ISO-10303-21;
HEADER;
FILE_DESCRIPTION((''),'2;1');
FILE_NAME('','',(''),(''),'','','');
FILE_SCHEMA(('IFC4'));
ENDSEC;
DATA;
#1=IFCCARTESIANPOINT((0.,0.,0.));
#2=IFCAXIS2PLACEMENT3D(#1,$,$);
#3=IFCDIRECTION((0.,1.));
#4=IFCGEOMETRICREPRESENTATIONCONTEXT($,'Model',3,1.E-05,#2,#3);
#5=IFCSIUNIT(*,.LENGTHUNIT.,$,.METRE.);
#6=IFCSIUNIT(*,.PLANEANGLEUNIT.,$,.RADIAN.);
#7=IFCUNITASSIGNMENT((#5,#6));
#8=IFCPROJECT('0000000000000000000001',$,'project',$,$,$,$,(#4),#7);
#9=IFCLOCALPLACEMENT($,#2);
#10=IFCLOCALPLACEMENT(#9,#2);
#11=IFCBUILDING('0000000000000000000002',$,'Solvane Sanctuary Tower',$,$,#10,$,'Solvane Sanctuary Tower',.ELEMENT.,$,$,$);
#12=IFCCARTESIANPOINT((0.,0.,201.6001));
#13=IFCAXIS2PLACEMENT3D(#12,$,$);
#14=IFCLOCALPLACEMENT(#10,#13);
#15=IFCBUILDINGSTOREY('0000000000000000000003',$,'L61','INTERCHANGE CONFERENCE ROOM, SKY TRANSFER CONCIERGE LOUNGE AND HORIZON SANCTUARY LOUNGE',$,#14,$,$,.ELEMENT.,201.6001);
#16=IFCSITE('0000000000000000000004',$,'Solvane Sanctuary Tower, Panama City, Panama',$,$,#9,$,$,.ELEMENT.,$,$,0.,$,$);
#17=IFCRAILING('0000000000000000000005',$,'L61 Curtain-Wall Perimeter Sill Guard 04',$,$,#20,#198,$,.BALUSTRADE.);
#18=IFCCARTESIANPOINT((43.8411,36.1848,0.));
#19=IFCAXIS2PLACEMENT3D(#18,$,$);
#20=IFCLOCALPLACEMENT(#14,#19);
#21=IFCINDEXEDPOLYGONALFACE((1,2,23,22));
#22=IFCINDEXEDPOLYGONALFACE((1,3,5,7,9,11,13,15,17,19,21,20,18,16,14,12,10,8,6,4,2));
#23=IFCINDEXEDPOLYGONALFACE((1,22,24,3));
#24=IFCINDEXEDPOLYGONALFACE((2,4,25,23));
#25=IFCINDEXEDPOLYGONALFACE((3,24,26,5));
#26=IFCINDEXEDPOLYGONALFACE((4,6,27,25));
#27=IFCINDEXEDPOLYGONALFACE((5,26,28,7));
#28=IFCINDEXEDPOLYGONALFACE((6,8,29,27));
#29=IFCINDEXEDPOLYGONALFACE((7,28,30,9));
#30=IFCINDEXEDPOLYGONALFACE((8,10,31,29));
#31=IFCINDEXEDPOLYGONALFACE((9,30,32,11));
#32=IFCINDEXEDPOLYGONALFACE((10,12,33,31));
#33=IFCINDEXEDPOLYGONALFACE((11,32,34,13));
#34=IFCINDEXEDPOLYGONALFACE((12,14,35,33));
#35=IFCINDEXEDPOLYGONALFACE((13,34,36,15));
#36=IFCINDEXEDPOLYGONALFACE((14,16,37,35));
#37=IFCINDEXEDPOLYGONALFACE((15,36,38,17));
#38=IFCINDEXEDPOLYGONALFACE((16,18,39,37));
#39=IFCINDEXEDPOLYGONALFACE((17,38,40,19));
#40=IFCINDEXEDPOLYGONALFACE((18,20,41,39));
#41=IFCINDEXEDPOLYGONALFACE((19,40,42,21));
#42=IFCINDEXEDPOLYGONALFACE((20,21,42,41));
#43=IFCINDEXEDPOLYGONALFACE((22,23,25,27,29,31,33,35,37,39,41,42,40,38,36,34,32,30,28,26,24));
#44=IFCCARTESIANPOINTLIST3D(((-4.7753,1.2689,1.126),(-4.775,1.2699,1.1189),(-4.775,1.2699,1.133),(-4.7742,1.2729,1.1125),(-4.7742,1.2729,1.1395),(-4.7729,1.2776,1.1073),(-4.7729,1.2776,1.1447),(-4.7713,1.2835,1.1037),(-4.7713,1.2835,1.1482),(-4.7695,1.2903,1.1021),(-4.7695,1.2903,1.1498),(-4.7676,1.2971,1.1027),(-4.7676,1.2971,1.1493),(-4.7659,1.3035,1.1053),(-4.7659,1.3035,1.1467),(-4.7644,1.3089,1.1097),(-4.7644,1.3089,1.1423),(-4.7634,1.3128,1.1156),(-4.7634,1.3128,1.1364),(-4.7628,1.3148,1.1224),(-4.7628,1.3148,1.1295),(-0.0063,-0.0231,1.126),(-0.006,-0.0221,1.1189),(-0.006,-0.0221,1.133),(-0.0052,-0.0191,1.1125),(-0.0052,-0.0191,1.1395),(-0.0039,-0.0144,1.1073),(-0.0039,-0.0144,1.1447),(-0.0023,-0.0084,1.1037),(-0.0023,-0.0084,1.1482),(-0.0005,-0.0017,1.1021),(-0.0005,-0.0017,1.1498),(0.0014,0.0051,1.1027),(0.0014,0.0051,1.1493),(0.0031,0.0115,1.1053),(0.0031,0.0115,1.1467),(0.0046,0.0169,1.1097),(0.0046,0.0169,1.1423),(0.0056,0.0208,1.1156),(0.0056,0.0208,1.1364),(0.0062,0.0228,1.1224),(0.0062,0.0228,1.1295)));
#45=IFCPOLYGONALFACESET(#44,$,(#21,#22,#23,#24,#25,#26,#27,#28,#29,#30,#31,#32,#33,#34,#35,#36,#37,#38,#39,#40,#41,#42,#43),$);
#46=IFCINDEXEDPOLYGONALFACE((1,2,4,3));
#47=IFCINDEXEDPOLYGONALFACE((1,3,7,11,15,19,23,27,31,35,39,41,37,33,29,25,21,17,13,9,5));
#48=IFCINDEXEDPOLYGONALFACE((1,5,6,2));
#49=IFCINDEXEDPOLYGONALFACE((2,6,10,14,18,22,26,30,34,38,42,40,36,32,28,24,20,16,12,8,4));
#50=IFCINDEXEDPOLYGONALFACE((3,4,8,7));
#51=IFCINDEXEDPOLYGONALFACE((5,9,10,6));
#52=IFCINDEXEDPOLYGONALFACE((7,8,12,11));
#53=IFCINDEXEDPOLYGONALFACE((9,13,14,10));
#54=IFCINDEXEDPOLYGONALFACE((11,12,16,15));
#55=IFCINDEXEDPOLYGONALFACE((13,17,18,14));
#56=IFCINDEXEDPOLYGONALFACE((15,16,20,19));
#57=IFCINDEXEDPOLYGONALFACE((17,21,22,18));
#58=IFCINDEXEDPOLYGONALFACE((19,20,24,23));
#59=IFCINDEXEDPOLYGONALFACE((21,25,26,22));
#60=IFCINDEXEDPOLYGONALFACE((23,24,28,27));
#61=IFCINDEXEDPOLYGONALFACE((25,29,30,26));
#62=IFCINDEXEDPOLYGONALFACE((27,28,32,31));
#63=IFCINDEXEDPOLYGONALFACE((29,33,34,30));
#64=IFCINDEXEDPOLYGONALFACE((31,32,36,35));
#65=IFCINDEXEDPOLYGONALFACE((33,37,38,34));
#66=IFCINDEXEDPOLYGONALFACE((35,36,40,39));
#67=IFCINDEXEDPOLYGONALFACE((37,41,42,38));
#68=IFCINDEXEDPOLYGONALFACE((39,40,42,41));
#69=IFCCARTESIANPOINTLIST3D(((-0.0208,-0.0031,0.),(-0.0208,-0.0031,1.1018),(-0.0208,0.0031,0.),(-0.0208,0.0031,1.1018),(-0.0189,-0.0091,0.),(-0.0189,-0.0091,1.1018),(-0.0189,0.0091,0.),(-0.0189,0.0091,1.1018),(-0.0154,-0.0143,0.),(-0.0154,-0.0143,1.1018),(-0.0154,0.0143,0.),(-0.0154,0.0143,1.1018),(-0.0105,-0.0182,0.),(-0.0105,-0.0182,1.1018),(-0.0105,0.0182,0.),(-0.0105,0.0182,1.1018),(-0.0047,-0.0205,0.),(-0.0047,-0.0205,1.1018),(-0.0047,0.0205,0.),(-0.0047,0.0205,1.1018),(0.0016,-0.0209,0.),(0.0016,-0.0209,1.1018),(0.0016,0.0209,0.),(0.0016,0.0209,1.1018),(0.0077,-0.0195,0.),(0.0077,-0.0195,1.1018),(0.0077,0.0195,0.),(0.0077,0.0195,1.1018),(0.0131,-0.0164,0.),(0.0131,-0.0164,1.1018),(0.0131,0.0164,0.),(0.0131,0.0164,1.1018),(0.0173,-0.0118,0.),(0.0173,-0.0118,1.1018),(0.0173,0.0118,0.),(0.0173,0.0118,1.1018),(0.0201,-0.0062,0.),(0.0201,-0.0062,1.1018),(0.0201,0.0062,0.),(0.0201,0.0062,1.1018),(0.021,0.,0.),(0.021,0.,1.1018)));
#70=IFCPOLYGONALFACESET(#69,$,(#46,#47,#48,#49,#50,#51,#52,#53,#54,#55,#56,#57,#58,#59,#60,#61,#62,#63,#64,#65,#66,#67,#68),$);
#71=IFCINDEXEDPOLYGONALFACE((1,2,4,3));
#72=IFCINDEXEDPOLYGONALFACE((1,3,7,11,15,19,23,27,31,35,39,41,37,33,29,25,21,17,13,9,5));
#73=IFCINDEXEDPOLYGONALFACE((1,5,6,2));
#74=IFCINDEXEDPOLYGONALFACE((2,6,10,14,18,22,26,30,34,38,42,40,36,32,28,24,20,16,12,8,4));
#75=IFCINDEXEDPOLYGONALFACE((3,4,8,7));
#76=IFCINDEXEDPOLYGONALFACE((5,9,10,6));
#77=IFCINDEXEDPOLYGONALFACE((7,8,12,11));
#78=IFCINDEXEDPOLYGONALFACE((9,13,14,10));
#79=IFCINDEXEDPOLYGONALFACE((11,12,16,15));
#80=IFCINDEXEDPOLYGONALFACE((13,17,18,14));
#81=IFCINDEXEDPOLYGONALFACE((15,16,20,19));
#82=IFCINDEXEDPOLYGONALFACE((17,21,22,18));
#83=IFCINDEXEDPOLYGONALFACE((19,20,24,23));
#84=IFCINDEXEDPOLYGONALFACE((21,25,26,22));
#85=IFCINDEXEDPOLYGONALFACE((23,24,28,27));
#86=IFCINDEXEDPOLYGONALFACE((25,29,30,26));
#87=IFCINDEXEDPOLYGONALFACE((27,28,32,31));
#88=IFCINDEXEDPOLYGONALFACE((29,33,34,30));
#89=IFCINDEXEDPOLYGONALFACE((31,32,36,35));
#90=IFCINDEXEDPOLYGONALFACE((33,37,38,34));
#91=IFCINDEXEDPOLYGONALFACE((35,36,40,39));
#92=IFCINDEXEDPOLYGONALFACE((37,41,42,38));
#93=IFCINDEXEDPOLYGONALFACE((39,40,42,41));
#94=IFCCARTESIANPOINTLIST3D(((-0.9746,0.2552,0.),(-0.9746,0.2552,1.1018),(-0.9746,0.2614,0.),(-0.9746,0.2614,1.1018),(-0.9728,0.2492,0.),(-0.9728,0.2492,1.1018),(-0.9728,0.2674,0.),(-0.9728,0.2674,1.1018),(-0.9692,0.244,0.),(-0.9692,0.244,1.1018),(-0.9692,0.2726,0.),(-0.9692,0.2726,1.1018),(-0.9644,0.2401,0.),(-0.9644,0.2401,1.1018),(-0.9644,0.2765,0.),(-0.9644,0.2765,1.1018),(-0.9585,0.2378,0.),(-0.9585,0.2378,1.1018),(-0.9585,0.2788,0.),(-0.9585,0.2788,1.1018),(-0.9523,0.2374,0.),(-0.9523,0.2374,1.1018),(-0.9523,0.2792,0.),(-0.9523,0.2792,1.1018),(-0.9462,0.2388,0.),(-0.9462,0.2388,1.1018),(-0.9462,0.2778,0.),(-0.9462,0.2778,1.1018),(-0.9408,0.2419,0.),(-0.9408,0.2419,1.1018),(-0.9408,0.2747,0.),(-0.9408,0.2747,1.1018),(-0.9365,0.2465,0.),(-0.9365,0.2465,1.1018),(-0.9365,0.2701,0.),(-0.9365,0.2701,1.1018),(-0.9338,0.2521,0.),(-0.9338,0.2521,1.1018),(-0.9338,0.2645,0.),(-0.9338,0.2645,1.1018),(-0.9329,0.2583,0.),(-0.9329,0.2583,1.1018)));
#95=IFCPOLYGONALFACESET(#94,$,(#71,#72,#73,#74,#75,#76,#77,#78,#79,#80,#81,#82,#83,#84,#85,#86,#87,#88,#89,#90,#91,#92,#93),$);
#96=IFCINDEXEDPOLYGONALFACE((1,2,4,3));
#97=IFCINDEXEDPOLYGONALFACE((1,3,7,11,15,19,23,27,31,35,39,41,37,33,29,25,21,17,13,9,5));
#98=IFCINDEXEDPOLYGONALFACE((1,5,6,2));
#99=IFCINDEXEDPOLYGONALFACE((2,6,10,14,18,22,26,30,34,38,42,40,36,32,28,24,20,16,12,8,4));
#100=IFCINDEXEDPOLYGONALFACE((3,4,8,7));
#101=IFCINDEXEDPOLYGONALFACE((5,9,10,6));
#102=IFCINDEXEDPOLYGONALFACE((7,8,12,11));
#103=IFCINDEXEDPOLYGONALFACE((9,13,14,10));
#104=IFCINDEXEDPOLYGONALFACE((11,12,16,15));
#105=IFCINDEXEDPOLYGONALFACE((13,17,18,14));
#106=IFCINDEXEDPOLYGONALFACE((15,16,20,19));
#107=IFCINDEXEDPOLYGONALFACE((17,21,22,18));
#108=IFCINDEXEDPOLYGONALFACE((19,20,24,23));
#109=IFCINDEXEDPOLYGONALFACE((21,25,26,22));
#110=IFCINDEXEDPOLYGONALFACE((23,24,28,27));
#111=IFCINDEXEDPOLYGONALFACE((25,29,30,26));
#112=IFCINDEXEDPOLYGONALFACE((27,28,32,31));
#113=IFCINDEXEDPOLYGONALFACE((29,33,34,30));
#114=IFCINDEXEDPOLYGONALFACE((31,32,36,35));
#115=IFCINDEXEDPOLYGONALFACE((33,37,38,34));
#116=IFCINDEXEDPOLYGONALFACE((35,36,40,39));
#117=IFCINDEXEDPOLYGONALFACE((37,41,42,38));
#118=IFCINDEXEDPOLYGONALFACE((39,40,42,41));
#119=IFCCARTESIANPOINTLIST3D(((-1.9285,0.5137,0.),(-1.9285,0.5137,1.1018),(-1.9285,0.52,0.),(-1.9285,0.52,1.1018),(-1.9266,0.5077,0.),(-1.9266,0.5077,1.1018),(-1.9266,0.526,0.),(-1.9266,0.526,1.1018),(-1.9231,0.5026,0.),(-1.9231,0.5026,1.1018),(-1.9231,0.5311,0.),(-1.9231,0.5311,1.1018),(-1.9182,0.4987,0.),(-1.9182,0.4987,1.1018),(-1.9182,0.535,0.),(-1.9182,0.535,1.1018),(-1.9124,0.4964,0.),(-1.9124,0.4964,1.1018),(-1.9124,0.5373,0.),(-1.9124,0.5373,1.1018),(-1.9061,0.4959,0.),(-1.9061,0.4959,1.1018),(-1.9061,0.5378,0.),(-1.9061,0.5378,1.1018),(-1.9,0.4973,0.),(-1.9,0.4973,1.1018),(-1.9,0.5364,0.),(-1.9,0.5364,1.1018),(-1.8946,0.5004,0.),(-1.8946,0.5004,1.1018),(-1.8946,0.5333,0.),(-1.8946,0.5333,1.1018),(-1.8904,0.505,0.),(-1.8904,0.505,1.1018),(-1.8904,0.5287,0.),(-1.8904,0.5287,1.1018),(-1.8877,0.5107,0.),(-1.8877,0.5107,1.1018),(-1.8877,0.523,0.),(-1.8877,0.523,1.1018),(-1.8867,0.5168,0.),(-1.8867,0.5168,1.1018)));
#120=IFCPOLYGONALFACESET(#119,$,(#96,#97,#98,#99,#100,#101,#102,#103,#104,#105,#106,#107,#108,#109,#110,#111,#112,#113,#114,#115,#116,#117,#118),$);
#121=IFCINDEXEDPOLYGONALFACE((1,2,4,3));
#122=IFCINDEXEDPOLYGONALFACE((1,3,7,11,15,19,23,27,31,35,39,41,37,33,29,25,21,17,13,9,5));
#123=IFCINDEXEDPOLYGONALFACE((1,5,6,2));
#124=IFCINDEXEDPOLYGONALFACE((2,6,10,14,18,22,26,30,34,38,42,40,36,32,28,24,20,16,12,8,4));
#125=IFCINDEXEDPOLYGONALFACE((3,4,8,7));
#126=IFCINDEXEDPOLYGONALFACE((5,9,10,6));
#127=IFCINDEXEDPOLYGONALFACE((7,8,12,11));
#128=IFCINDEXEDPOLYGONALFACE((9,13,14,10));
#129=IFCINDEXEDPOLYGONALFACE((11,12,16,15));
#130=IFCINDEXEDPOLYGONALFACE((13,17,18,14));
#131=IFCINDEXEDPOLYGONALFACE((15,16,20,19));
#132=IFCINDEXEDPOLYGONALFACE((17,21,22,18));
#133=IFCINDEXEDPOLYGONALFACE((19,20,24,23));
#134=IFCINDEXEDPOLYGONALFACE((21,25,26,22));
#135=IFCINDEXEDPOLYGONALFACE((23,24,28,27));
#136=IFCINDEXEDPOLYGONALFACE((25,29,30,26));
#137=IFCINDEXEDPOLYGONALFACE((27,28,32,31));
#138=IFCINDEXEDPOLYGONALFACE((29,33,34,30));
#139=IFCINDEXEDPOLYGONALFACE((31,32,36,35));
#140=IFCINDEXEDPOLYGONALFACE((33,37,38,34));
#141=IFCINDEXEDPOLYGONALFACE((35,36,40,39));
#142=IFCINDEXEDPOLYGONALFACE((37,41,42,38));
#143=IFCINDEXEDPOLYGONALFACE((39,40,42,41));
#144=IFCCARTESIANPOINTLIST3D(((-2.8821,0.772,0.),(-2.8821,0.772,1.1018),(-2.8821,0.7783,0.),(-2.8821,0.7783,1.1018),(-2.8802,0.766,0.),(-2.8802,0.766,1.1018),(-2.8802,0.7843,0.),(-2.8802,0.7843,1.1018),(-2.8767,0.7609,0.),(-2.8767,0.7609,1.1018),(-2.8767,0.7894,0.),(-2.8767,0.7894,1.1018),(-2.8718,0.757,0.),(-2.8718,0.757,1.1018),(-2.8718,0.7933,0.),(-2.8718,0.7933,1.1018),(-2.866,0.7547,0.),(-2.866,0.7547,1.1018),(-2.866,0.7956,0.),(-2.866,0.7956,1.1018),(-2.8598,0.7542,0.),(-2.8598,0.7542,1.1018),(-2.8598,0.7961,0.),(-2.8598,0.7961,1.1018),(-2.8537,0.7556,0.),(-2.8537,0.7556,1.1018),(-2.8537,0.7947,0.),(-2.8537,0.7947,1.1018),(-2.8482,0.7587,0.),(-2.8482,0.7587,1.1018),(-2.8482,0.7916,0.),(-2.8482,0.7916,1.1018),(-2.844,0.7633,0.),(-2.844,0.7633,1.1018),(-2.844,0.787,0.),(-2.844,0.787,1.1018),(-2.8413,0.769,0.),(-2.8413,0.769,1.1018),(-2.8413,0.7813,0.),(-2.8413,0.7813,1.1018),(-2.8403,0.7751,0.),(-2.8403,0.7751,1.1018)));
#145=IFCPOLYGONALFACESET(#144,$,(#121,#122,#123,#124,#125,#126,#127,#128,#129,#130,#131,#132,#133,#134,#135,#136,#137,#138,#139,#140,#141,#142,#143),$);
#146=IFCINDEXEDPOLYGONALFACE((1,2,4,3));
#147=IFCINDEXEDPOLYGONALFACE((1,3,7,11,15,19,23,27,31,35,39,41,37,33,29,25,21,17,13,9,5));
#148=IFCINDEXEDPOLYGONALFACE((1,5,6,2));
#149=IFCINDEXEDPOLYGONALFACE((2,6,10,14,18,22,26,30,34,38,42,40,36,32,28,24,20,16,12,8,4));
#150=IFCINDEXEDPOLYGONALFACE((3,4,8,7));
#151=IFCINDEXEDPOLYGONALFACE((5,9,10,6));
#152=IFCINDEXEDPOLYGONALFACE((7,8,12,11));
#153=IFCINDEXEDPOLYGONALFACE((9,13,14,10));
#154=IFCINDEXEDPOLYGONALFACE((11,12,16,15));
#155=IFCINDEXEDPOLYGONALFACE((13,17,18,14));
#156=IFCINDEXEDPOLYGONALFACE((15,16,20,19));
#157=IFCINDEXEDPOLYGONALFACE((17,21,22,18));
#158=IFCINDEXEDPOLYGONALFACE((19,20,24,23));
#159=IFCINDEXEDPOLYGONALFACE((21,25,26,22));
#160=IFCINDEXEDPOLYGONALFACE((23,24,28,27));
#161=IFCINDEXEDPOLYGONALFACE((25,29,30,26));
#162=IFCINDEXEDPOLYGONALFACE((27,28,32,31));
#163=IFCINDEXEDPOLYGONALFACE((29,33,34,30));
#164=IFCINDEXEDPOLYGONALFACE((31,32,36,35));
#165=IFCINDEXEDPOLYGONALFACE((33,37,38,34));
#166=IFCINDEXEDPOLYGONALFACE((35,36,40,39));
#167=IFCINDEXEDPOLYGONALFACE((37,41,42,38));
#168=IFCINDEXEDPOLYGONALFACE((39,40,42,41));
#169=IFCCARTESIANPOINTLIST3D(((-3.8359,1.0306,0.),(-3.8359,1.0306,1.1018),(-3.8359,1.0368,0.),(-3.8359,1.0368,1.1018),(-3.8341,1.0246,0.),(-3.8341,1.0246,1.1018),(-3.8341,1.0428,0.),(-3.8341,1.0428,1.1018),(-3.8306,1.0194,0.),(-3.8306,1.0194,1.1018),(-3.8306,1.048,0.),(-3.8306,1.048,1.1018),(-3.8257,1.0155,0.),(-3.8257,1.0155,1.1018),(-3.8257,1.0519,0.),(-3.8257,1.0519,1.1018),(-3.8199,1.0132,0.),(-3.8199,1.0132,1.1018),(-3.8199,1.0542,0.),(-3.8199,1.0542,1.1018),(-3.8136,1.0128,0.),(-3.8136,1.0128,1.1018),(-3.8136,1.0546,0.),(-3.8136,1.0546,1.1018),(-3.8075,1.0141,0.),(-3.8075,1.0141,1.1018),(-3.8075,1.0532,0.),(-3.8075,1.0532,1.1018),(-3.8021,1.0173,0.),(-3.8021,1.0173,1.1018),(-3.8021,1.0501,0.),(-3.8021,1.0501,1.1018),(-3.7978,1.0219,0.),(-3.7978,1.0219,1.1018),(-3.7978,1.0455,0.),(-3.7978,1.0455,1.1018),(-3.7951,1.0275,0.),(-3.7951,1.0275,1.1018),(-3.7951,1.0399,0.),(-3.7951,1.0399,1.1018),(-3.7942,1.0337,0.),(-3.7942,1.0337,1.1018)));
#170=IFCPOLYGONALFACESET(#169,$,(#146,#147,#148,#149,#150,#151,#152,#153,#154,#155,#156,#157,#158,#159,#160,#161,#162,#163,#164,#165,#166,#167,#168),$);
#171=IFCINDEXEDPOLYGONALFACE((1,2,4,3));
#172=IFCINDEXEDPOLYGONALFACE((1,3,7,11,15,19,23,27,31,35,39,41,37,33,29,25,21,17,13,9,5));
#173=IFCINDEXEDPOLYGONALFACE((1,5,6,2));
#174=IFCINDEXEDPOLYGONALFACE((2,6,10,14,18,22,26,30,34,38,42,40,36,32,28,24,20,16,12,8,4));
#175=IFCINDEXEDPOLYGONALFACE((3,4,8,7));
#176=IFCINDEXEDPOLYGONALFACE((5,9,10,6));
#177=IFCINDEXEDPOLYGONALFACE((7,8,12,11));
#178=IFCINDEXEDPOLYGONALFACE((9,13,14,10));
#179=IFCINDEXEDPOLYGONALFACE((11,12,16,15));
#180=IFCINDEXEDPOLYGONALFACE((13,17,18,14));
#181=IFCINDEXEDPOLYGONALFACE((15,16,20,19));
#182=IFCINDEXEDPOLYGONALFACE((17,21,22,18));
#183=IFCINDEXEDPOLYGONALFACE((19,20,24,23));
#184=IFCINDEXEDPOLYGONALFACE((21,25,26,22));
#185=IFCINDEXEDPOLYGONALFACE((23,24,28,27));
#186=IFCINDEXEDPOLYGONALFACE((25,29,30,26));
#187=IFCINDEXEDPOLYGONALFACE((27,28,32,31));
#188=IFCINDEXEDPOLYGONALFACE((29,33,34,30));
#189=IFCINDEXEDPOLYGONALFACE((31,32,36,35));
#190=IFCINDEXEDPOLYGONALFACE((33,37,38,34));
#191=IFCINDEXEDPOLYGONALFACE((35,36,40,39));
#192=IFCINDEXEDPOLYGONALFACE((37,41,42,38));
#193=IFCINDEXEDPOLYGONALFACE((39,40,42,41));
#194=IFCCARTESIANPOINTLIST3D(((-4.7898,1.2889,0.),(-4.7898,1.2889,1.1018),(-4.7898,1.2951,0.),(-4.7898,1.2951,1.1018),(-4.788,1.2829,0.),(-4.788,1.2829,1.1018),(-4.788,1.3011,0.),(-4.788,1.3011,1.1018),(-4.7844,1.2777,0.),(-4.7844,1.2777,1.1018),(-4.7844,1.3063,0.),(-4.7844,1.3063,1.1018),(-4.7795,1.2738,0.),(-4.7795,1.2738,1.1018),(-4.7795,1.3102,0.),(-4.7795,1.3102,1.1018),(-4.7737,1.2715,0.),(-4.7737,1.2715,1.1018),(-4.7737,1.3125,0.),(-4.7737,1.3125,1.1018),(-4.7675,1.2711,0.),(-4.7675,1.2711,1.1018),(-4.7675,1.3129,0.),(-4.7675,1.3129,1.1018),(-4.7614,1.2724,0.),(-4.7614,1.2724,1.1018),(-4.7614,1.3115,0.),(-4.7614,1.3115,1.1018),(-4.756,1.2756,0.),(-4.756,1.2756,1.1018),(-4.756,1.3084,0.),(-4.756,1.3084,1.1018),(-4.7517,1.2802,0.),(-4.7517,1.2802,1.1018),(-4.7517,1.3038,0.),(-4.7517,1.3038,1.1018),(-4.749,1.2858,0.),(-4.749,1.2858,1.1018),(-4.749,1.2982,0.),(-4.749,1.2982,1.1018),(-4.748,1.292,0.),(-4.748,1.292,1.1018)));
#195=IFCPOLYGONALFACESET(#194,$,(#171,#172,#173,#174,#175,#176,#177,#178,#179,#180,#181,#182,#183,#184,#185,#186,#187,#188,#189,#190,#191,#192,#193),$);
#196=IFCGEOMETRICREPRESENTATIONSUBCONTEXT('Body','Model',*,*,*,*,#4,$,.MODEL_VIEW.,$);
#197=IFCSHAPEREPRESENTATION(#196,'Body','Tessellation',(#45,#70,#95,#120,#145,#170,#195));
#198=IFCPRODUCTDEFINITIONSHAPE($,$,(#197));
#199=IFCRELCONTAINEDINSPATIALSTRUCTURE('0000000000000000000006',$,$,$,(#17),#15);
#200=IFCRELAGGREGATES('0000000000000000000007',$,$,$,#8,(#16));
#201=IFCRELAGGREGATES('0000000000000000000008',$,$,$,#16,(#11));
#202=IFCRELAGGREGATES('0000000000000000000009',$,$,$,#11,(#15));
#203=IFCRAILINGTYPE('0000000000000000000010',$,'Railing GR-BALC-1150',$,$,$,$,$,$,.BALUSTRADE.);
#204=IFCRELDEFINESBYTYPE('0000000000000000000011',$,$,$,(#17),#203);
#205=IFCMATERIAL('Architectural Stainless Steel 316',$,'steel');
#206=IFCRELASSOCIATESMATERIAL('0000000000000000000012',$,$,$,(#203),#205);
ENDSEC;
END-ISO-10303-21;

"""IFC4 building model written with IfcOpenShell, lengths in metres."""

from ifc_helpers import new_model, si_unit, direction, frame, origin, origin_2d, place, context, subcontext, project, spatial, circle, extrude, material, type_object, element, save


model = new_model("IFC4")

# Units and contexts
model_context = context("Model", 3, precision=1e-05, world=origin(), true_north=direction((0.0, 1.0)))
body_context = subcontext(model_context, "Body", "Model", "MODEL_VIEW")
ifc_project = project(units=[si_unit("LENGTHUNIT", "METRE"), si_unit("PLANEANGLEUNIT", "RADIAN")], contexts=[model_context])

# Site, building, storey
site_placement = place(None, origin())
site = spatial("IfcSite", under=ifc_project, at=site_placement, Name="Solvane Sanctuary Tower, Panama City, Panama", CompositionType="ELEMENT", RefElevation=0.0)
building_placement = place(site_placement, origin())
building = spatial("IfcBuilding", under=site, at=building_placement, Name="Solvane Sanctuary Tower", LongName="Solvane Sanctuary Tower", CompositionType="ELEMENT")
storey_placement = place(building_placement, frame((0.0, 0.0, 201.6001)))
storey = spatial("IfcBuildingStorey", under=building, at=storey_placement, Name="L61", Description="INTERCHANGE CONFERENCE ROOM, SKY TRANSFER CONCIERGE LOUNGE AND HORIZON SANCTUARY LOUNGE", CompositionType="ELEMENT", Elevation=201.6001)

# Shared definitions
ifc_material_1 = material(Name="Architectural Stainless Steel 316", Category="steel")

# Railing
railing_type = type_object("IfcRailingType", Name="Railing GR-BALC-1150", PredefinedType="BALUSTRADE", material=ifc_material_1)
railing_placement = place(storey_placement, frame((43.8411, 36.1848, 0.0)))
element("IfcRailing", 1, at=railing_placement, inside=storey, type_object=railing_type, Name="L61 Curtain-Wall Perimeter Sill Guard 04", PredefinedType="BALUSTRADE", context=body_context, shape_type="SweptSolid", body=[
    extrude(circle(Radius=0.0239, at=origin_2d()), frame((0.0, 0.0, 1.126), z_axis=(-0.965207, 0.261486, 0.0), x_axis=(-0.261486, -0.965207, 0.0)), (0.0, 0.0, 1.0), 4.9409),
    extrude(circle(Radius=0.021, at=origin_2d()), origin(), (0.0, 0.0, 1.0), 1.1018),
    extrude(circle(Radius=0.021, at=origin_2d()), frame((-0.9539, 0.2583, 0.0)), (0.0, 0.0, 1.0), 1.1018),
    extrude(circle(Radius=0.021, at=origin_2d()), frame((-1.9077, 0.5168, 0.0)), (0.0, 0.0, 1.0), 1.1018),
    extrude(circle(Radius=0.021, at=origin_2d()), frame((-2.8613, 0.7751, 0.0)), (0.0, 0.0, 1.0), 1.1018),
    extrude(circle(Radius=0.021, at=origin_2d()), frame((-3.8152, 1.0337, 0.0)), (0.0, 0.0, 1.0), 1.1018),
    extrude(circle(Radius=0.021, at=origin_2d()), frame((-4.769, 1.292, 0.0)), (0.0, 0.0, 1.0), 1.1018),
])

save(model, "model.ifc")
